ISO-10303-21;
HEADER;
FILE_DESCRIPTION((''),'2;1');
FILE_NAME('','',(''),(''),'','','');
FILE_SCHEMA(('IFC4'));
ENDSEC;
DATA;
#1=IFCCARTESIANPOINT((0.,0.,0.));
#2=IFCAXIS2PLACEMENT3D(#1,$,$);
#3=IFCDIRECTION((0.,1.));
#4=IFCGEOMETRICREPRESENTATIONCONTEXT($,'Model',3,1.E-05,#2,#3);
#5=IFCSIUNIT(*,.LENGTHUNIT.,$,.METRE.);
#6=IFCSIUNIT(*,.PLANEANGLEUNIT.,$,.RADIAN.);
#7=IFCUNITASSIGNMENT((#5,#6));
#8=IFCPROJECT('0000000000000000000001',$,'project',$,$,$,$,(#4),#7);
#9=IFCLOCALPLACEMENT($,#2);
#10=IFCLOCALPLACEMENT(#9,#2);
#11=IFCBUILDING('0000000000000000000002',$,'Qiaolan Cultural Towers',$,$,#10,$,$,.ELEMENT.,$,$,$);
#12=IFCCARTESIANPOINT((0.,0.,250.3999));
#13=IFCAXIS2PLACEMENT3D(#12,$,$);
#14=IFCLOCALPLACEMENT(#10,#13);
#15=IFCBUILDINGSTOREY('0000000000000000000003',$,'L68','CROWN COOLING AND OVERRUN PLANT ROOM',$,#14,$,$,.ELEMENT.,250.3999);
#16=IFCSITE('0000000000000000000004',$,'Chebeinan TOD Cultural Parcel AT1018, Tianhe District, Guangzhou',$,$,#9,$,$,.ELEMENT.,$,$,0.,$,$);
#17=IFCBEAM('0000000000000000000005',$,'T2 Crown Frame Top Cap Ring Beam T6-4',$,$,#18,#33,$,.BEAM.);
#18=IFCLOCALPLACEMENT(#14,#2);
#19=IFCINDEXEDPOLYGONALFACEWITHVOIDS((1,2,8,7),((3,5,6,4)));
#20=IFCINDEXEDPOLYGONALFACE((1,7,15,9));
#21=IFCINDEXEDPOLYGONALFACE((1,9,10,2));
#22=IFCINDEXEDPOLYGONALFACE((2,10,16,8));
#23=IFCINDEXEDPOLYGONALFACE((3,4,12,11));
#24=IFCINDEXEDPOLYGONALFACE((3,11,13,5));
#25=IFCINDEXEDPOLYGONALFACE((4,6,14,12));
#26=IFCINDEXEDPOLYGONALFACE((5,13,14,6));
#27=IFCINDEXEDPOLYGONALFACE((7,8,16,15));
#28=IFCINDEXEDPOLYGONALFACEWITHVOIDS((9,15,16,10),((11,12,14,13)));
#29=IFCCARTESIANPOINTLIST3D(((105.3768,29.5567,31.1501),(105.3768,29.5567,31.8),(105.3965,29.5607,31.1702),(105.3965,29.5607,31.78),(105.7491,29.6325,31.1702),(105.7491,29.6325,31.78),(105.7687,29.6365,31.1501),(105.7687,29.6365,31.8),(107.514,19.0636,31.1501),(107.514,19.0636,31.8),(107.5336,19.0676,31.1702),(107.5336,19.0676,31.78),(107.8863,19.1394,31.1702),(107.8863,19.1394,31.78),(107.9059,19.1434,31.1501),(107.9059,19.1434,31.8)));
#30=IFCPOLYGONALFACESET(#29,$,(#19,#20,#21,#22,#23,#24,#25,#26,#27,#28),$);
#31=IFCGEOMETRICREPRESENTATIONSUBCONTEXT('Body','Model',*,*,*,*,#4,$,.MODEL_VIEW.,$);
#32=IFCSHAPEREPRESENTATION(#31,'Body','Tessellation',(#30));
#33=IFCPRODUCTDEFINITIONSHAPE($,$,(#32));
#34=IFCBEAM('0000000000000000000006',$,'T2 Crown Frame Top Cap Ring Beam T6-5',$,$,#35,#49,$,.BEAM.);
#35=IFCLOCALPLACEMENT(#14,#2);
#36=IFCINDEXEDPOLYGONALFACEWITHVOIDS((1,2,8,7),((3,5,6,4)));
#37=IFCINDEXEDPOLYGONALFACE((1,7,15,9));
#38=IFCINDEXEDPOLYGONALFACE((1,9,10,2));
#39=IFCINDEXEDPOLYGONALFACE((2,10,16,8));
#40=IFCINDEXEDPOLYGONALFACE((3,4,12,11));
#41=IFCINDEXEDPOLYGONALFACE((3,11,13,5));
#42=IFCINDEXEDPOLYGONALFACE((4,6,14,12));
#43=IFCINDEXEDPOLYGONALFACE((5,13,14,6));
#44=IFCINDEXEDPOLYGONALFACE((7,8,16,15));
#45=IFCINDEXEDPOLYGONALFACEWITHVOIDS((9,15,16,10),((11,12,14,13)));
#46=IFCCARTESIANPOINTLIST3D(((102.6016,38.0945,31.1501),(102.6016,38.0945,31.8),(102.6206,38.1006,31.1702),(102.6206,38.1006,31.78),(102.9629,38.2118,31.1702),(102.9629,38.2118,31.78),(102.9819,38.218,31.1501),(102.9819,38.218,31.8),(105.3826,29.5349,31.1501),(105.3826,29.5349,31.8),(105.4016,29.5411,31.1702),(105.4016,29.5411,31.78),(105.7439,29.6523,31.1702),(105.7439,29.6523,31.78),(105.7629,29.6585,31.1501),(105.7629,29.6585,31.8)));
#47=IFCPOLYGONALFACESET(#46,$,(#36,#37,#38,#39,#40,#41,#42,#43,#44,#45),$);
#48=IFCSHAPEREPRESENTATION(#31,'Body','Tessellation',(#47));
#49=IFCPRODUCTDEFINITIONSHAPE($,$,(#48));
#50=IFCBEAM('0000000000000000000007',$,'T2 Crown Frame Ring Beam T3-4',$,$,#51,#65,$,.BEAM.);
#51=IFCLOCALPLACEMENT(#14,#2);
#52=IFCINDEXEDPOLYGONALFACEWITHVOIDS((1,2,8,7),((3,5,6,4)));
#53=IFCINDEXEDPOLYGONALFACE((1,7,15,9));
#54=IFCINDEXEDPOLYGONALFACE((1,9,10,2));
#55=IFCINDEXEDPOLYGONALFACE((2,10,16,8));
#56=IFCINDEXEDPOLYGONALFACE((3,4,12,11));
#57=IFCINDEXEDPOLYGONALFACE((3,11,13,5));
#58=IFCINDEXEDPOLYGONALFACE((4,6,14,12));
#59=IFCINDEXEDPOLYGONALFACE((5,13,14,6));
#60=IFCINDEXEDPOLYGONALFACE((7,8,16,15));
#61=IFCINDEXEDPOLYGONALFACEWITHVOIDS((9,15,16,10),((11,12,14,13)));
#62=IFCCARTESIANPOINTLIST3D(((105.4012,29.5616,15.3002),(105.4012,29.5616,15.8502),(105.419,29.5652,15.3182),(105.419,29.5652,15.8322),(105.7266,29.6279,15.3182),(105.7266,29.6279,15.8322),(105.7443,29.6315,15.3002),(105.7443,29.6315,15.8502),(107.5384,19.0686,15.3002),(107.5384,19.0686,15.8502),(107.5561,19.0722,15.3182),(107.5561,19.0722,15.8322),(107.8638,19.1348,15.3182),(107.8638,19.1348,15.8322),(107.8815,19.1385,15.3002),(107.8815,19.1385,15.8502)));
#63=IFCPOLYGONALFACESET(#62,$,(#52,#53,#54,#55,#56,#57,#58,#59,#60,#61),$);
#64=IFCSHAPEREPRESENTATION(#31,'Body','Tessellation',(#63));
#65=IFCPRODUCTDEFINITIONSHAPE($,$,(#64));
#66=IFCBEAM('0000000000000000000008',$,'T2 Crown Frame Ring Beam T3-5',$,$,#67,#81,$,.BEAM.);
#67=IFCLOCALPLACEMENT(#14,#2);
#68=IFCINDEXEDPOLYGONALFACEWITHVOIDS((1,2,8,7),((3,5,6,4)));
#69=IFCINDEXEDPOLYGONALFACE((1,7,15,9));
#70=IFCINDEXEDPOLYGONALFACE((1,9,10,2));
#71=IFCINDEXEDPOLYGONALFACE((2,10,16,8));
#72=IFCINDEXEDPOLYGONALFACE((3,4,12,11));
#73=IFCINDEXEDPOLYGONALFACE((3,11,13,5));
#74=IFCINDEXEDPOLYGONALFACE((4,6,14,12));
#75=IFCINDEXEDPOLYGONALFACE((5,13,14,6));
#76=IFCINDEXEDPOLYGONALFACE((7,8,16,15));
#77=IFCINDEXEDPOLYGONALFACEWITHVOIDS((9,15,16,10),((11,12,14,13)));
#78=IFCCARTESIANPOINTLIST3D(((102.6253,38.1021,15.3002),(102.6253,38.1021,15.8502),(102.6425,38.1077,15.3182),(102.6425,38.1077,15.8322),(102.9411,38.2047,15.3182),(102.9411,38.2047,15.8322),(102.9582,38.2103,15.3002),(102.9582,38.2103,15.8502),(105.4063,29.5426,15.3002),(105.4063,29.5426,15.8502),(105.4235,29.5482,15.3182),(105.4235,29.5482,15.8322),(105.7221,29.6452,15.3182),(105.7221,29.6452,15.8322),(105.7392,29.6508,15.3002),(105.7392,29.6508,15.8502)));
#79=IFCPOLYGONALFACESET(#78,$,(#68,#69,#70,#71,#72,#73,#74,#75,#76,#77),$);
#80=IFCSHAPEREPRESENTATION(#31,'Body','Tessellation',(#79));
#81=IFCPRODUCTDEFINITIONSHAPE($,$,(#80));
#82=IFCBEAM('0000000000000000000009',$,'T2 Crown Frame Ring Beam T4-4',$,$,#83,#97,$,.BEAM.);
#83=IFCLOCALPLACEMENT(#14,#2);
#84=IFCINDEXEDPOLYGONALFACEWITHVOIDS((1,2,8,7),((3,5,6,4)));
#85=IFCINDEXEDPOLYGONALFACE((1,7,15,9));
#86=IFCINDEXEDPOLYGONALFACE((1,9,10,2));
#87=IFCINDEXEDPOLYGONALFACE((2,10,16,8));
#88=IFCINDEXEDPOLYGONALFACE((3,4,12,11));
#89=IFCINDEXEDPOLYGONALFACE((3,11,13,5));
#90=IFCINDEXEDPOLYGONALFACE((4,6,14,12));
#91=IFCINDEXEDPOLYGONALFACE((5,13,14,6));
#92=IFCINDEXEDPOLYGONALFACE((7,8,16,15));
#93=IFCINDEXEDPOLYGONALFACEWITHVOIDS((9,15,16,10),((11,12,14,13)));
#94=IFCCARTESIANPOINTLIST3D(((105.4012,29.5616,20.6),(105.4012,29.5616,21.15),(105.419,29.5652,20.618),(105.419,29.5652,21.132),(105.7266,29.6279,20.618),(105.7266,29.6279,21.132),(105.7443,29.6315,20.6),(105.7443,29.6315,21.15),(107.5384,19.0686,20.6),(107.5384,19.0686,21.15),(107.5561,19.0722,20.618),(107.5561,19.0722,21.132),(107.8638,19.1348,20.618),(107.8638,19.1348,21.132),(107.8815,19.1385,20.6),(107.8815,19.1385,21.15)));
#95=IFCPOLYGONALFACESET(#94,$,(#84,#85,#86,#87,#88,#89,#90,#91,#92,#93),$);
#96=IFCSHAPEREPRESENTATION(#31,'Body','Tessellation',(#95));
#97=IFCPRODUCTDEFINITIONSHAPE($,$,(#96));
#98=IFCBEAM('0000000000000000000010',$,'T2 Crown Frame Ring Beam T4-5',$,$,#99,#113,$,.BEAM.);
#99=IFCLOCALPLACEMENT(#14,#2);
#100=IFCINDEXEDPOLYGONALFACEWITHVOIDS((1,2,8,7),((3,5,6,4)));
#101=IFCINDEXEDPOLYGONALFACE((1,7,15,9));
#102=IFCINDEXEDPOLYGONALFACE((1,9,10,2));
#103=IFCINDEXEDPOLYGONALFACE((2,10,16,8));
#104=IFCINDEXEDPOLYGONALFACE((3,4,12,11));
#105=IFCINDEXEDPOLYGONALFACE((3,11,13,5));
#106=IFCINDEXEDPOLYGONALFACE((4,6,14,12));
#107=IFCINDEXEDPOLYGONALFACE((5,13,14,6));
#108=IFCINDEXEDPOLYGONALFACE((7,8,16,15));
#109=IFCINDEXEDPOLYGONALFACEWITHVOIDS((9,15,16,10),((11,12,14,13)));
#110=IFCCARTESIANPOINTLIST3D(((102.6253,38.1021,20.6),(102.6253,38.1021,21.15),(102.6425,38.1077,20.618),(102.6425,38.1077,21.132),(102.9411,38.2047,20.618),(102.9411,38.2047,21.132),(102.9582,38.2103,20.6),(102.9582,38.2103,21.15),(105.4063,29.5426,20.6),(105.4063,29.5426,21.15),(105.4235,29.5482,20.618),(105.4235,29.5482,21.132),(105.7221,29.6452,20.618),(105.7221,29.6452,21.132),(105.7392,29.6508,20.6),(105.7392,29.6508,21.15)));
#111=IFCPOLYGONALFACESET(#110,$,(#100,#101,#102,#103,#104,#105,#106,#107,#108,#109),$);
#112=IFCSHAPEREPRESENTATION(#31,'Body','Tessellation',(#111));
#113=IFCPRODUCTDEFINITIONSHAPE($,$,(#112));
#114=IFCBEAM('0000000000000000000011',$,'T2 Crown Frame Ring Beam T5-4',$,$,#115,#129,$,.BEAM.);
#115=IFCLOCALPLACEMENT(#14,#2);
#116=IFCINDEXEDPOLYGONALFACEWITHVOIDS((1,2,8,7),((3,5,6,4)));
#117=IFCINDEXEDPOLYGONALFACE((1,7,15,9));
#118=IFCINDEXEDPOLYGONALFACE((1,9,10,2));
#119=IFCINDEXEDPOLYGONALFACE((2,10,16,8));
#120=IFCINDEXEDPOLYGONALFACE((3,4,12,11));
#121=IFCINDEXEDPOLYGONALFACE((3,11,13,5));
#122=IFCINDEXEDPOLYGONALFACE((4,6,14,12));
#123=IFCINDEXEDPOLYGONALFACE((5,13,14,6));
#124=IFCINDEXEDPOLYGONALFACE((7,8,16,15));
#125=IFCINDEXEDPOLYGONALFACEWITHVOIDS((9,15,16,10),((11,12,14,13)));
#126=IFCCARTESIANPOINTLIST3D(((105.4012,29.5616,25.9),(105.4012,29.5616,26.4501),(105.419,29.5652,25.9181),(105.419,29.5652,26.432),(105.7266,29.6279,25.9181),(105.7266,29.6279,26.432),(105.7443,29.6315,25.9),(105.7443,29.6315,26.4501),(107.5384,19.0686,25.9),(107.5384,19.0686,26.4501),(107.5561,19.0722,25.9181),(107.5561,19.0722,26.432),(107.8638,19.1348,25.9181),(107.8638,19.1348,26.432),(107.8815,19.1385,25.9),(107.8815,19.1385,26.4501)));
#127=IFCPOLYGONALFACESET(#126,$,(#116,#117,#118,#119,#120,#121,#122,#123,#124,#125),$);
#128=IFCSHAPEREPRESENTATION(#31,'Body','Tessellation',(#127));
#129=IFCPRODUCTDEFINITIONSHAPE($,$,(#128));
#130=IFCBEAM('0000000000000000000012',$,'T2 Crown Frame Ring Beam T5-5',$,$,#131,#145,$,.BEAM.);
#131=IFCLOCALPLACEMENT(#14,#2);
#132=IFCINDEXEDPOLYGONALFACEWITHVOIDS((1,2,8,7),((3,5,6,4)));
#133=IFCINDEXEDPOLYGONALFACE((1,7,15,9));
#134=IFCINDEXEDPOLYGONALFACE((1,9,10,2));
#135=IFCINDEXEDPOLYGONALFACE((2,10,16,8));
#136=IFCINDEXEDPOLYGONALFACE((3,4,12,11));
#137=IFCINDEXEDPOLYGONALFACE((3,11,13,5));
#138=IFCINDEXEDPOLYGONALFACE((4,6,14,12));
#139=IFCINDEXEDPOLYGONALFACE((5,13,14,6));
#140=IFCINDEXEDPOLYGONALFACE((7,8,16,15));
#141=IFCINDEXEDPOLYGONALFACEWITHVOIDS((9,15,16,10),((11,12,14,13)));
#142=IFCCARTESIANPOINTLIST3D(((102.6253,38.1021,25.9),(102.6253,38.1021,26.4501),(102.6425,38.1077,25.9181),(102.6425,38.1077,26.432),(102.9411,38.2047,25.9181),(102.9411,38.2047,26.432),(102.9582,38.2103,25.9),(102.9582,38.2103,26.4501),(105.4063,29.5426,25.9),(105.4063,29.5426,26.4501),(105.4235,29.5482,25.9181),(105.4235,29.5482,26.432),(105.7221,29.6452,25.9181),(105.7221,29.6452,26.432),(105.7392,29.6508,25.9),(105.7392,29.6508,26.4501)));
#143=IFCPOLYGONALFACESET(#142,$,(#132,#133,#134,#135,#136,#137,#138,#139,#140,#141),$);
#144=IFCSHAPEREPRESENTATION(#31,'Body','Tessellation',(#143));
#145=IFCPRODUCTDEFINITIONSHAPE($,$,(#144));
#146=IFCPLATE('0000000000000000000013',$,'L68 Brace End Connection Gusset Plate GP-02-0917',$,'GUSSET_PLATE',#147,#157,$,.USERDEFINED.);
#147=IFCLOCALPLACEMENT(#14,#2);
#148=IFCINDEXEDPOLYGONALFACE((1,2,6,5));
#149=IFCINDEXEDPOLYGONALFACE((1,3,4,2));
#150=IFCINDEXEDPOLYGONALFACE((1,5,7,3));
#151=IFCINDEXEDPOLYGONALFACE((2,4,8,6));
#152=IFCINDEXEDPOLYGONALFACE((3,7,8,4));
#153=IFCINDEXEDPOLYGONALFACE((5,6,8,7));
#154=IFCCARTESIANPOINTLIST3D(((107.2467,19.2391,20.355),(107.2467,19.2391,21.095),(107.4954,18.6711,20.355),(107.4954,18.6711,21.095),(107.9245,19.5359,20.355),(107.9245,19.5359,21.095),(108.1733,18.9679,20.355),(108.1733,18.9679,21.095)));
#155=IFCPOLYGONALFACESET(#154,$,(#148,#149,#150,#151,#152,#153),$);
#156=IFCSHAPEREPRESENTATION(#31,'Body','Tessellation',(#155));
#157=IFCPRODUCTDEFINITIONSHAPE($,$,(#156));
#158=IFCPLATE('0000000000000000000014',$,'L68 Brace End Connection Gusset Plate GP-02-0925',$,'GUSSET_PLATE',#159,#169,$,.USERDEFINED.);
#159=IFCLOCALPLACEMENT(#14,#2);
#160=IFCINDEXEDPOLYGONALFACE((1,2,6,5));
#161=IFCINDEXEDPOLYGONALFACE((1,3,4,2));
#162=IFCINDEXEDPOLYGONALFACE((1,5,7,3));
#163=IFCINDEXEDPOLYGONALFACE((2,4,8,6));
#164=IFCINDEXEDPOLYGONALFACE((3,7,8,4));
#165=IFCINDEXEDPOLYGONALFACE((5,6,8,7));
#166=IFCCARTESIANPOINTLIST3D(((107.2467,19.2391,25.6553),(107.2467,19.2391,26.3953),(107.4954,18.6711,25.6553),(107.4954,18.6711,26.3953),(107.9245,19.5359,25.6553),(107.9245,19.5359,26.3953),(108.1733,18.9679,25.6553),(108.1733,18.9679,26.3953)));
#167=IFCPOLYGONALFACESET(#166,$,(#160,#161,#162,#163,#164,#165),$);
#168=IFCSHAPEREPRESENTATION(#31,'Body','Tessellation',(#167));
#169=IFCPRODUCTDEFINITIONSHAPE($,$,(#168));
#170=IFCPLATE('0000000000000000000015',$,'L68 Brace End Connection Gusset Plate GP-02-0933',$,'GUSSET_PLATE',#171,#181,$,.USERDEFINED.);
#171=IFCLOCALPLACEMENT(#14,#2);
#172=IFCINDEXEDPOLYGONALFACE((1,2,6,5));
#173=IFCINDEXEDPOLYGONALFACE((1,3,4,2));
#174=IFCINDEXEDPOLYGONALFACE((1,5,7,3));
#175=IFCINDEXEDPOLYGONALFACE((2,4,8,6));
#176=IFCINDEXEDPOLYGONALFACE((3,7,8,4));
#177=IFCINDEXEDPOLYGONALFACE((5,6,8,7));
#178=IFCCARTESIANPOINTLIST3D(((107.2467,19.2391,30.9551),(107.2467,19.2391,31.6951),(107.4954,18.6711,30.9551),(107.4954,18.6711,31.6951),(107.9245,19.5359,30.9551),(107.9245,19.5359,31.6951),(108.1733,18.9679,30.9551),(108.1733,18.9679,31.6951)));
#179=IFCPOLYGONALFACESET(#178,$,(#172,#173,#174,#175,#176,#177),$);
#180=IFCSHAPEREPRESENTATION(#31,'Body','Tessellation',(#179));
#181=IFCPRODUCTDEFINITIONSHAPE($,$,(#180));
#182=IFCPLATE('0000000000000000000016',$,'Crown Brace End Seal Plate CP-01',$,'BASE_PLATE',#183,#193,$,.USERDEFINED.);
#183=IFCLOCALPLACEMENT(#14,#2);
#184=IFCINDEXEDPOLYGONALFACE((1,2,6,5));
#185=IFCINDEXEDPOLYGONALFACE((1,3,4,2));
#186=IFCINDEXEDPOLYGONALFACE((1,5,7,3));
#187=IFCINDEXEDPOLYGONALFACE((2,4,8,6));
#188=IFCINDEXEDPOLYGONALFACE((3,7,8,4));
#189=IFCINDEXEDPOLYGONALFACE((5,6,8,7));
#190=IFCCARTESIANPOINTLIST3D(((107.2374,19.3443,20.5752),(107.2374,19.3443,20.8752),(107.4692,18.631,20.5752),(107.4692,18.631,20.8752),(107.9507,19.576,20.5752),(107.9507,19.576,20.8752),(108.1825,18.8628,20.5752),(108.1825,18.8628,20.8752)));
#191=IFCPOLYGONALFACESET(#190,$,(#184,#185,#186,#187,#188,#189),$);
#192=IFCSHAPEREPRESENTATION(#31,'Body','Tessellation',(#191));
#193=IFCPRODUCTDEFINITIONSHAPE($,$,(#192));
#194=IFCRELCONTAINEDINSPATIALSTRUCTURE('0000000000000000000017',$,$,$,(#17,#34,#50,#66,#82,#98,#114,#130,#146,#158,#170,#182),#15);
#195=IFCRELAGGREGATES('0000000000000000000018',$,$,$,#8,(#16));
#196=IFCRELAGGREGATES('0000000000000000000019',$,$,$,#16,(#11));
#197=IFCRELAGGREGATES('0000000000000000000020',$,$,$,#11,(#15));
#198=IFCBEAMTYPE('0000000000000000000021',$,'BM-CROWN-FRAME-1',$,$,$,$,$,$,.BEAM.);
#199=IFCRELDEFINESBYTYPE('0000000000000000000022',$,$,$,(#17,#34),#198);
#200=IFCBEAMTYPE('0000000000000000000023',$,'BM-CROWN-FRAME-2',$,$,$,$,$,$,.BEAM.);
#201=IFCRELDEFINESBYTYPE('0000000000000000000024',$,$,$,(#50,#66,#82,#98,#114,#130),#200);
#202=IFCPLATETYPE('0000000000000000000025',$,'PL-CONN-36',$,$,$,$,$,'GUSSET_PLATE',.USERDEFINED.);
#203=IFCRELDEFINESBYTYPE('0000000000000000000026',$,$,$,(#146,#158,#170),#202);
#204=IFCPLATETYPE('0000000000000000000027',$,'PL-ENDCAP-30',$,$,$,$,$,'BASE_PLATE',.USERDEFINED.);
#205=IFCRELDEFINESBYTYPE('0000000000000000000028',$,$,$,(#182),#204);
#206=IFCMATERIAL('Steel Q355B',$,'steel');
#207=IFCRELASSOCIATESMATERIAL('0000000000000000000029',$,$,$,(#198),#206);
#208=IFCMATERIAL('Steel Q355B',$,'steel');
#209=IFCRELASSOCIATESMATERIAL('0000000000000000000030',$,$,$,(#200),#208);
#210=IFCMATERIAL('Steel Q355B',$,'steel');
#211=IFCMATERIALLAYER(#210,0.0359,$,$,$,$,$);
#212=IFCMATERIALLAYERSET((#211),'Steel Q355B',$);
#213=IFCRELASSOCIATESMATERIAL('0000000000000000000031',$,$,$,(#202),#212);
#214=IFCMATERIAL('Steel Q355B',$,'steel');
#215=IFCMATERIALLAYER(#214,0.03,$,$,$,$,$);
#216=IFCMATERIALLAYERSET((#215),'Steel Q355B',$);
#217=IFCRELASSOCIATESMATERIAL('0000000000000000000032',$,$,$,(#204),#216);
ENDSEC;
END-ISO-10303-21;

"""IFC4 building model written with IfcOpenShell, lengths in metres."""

from ifc_helpers import new_model, si_unit, direction, frame, origin, origin_2d, place, context, subcontext, project, spatial, rectangle, hollow_rectangle, extrude, material, layer, layer_set, material_profile, profile_set, type_object, element, save


model = new_model("IFC4")

# Units and contexts
model_context = context("Model", 3, precision=1e-05, world=origin(), true_north=direction((0.0, 1.0)))
body_context = subcontext(model_context, "Body", "Model", "MODEL_VIEW")
ifc_project = project(units=[si_unit("LENGTHUNIT", "METRE"), si_unit("PLANEANGLEUNIT", "RADIAN")], contexts=[model_context])

# Site, building, storey
site_placement = place(None, origin())
site = spatial("IfcSite", under=ifc_project, at=site_placement, Name="Chebeinan TOD Cultural Parcel AT1018, Tianhe District, Guangzhou", CompositionType="ELEMENT", RefElevation=0.0)
building_placement = place(site_placement, origin())
building = spatial("IfcBuilding", under=site, at=building_placement, Name="Qiaolan Cultural Towers", CompositionType="ELEMENT")
storey_placement = place(building_placement, frame((0.0, 0.0, 250.3999)))
storey = spatial("IfcBuildingStorey", under=building, at=storey_placement, Name="L68", Description="CROWN COOLING AND OVERRUN PLANT ROOM", CompositionType="ELEMENT", Elevation=250.3999)

# Beams
ifc_material_1 = material(Name="Steel Q355B", Category="steel")
ifc_material_profile_1 = material_profile(ifc_material_1, hollow_rectangle(XDim=0.3999, YDim=0.6499, WallThickness=0.02, at=origin_2d()), Name="BOX650x400x20")
ifc_profile_set_1 = profile_set([ifc_material_profile_1], Name="Steel Q355B")
beam_type_1 = type_object("IfcBeamType", Name="BM-CROWN-FRAME-1", PredefinedType="BEAM", material=ifc_profile_set_1)
beam_1_placement = place(storey_placement, frame((107.71, 19.1035, 31.4751), z_axis=(-0.199579, 0.979882, 0.0), x_axis=(-0.979882, -0.199579, 0.0)))
element("IfcBeam", 1, at=beam_1_placement, inside=storey, type_object=beam_type_1, Name="T2 Crown Frame Top Cap Ring Beam T6-4", PredefinedType="BEAM", context=body_context, shape_type="SweptSolid", body=[
    extrude(hollow_rectangle(XDim=0.3999, YDim=0.6499, WallThickness=0.02, at=origin_2d()), origin(), (0.0, 0.0, 1.0), 10.7085),
])
beam_2_placement = place(storey_placement, frame((105.5728, 29.5967, 31.4751), z_axis=(-0.309, 0.951062, 0.0), x_axis=(-0.951062, -0.309, 0.0)))
element("IfcBeam", 2, at=beam_2_placement, inside=storey, type_object=beam_type_1, Name="T2 Crown Frame Top Cap Ring Beam T6-5", PredefinedType="BEAM", context=body_context, shape_type="SweptSolid", body=[
    extrude(hollow_rectangle(XDim=0.3999, YDim=0.6499, WallThickness=0.02, at=origin_2d()), origin(), (0.0, 0.0, 1.0), 9.0),
])
ifc_material_2 = material(Name="Steel Q355B", Category="steel")
ifc_material_profile_2 = material_profile(ifc_material_2, hollow_rectangle(XDim=0.3501, YDim=0.55, WallThickness=0.0181, at=origin_2d()), Name="BOX550x350x18")
ifc_profile_set_2 = profile_set([ifc_material_profile_2], Name="Steel Q355B")
beam_type_2 = type_object("IfcBeamType", Name="BM-CROWN-FRAME-2", PredefinedType="BEAM", material=ifc_profile_set_2)
beam_3_placement = place(storey_placement, frame((107.71, 19.1035, 15.5752), z_axis=(-0.199579, 0.979882, 0.0), x_axis=(-0.979882, -0.199579, 0.0)))
element("IfcBeam", 3, at=beam_3_placement, inside=storey, type_object=beam_type_2, Name="T2 Crown Frame Ring Beam T3-4", PredefinedType="BEAM", context=body_context, shape_type="SweptSolid", body=[
    extrude(hollow_rectangle(XDim=0.3501, YDim=0.55, WallThickness=0.0181, at=origin_2d()), origin(), (0.0, 0.0, 1.0), 10.7085),
])
beam_4_placement = place(storey_placement, frame((105.5728, 29.5967, 15.5752), z_axis=(-0.309, 0.951062, 0.0), x_axis=(-0.951062, -0.309, 0.0)))
element("IfcBeam", 4, at=beam_4_placement, inside=storey, type_object=beam_type_2, Name="T2 Crown Frame Ring Beam T3-5", PredefinedType="BEAM", context=body_context, shape_type="SweptSolid", body=[
    extrude(hollow_rectangle(XDim=0.3501, YDim=0.55, WallThickness=0.0181, at=origin_2d()), origin(), (0.0, 0.0, 1.0), 9.0),
])
beam_5_placement = place(storey_placement, frame((107.71, 19.1035, 20.875), z_axis=(-0.199579, 0.979882, 0.0), x_axis=(-0.979882, -0.199579, 0.0)))
element("IfcBeam", 5, at=beam_5_placement, inside=storey, type_object=beam_type_2, Name="T2 Crown Frame Ring Beam T4-4", PredefinedType="BEAM", context=body_context, shape_type="SweptSolid", body=[
    extrude(hollow_rectangle(XDim=0.3501, YDim=0.55, WallThickness=0.0181, at=origin_2d()), origin(), (0.0, 0.0, 1.0), 10.7085),
])
beam_6_placement = place(storey_placement, frame((105.5728, 29.5967, 20.875), z_axis=(-0.309, 0.951062, 0.0), x_axis=(-0.951062, -0.309, 0.0)))
element("IfcBeam", 6, at=beam_6_placement, inside=storey, type_object=beam_type_2, Name="T2 Crown Frame Ring Beam T4-5", PredefinedType="BEAM", context=body_context, shape_type="SweptSolid", body=[
    extrude(hollow_rectangle(XDim=0.3501, YDim=0.55, WallThickness=0.0181, at=origin_2d()), origin(), (0.0, 0.0, 1.0), 9.0),
])
beam_7_placement = place(storey_placement, frame((107.71, 19.1035, 26.175), z_axis=(-0.199579, 0.979882, 0.0), x_axis=(-0.979882, -0.199579, 0.0)))
element("IfcBeam", 7, at=beam_7_placement, inside=storey, type_object=beam_type_2, Name="T2 Crown Frame Ring Beam T5-4", PredefinedType="BEAM", context=body_context, shape_type="SweptSolid", body=[
    extrude(hollow_rectangle(XDim=0.3501, YDim=0.55, WallThickness=0.0181, at=origin_2d()), origin(), (0.0, 0.0, 1.0), 10.7085),
])
beam_8_placement = place(storey_placement, frame((105.5728, 29.5967, 26.175), z_axis=(-0.309, 0.951062, 0.0), x_axis=(-0.951062, -0.309, 0.0)))
element("IfcBeam", 8, at=beam_8_placement, inside=storey, type_object=beam_type_2, Name="T2 Crown Frame Ring Beam T5-5", PredefinedType="BEAM", context=body_context, shape_type="SweptSolid", body=[
    extrude(hollow_rectangle(XDim=0.3501, YDim=0.55, WallThickness=0.0181, at=origin_2d()), origin(), (0.0, 0.0, 1.0), 9.0),
])

# Plates
ifc_material_3 = material(Name="Steel Q355B", Category="steel")
ifc_layer_1 = layer(ifc_material_3, 0.0359)
ifc_layer_set_1 = layer_set([ifc_layer_1], Name="Steel Q355B")
plate_type_1 = type_object("IfcPlateType", Name="PL-CONN-36", ElementType="GUSSET_PLATE", PredefinedType="USERDEFINED", material=ifc_layer_set_1)
for number, where, z_axis, x_axis, name in (
    (9, (107.71, 19.1035, 20.355), (0.0, 0.0, 1.0), (0.916043, 0.40108, 0.0), "L68 Brace End Connection Gusset Plate GP-02-0917"),
    (10, (107.71, 19.1035, 25.6553), (0.0, 0.0, 1.0), (0.916043, 0.40108, 0.0), "L68 Brace End Connection Gusset Plate GP-02-0925"),
    (11, (107.71, 19.1035, 30.9551), (0.0, 0.0, 1.0), (0.916043, 0.40108, 0.0), "L68 Brace End Connection Gusset Plate GP-02-0933"),
):
    element("IfcPlate", number, at=place(storey_placement, frame(where, z_axis=z_axis, x_axis=x_axis)), inside=storey, type_object=plate_type_1, Name=name, ObjectType="GUSSET_PLATE", PredefinedType="USERDEFINED", context=body_context, shape_type="SweptSolid", body=[
        extrude(rectangle(XDim=0.74, YDim=0.6201, at=origin_2d()), origin(), (0.0, 0.0, 1.0), 0.74),
    ])
ifc_material_4 = material(Name="Steel Q355B", Category="steel")
ifc_layer_2 = layer(ifc_material_4, 0.03)
ifc_layer_set_2 = layer_set([ifc_layer_2], Name="Steel Q355B")
plate_type_2 = type_object("IfcPlateType", Name="PL-ENDCAP-30", ElementType="BASE_PLATE", PredefinedType="USERDEFINED", material=ifc_layer_set_2)
for number, where, z_axis, x_axis, name in (
    (12, (107.71, 19.1035, 20.5752), (0.0, 0.0, 1.0), (0.951057, 0.309017, 0.0), "Crown Brace End Seal Plate CP-01"),
):
    element("IfcPlate", number, at=place(storey_placement, frame(where, z_axis=z_axis, x_axis=x_axis)), inside=storey, type_object=plate_type_2, Name=name, ObjectType="BASE_PLATE", PredefinedType="USERDEFINED", context=body_context, shape_type="SweptSolid", body=[
        extrude(rectangle(XDim=0.75, YDim=0.75, at=origin_2d()), origin(), (0.0, 0.0, 1.0), 0.3),
    ])

save(model, "model.ifc")
